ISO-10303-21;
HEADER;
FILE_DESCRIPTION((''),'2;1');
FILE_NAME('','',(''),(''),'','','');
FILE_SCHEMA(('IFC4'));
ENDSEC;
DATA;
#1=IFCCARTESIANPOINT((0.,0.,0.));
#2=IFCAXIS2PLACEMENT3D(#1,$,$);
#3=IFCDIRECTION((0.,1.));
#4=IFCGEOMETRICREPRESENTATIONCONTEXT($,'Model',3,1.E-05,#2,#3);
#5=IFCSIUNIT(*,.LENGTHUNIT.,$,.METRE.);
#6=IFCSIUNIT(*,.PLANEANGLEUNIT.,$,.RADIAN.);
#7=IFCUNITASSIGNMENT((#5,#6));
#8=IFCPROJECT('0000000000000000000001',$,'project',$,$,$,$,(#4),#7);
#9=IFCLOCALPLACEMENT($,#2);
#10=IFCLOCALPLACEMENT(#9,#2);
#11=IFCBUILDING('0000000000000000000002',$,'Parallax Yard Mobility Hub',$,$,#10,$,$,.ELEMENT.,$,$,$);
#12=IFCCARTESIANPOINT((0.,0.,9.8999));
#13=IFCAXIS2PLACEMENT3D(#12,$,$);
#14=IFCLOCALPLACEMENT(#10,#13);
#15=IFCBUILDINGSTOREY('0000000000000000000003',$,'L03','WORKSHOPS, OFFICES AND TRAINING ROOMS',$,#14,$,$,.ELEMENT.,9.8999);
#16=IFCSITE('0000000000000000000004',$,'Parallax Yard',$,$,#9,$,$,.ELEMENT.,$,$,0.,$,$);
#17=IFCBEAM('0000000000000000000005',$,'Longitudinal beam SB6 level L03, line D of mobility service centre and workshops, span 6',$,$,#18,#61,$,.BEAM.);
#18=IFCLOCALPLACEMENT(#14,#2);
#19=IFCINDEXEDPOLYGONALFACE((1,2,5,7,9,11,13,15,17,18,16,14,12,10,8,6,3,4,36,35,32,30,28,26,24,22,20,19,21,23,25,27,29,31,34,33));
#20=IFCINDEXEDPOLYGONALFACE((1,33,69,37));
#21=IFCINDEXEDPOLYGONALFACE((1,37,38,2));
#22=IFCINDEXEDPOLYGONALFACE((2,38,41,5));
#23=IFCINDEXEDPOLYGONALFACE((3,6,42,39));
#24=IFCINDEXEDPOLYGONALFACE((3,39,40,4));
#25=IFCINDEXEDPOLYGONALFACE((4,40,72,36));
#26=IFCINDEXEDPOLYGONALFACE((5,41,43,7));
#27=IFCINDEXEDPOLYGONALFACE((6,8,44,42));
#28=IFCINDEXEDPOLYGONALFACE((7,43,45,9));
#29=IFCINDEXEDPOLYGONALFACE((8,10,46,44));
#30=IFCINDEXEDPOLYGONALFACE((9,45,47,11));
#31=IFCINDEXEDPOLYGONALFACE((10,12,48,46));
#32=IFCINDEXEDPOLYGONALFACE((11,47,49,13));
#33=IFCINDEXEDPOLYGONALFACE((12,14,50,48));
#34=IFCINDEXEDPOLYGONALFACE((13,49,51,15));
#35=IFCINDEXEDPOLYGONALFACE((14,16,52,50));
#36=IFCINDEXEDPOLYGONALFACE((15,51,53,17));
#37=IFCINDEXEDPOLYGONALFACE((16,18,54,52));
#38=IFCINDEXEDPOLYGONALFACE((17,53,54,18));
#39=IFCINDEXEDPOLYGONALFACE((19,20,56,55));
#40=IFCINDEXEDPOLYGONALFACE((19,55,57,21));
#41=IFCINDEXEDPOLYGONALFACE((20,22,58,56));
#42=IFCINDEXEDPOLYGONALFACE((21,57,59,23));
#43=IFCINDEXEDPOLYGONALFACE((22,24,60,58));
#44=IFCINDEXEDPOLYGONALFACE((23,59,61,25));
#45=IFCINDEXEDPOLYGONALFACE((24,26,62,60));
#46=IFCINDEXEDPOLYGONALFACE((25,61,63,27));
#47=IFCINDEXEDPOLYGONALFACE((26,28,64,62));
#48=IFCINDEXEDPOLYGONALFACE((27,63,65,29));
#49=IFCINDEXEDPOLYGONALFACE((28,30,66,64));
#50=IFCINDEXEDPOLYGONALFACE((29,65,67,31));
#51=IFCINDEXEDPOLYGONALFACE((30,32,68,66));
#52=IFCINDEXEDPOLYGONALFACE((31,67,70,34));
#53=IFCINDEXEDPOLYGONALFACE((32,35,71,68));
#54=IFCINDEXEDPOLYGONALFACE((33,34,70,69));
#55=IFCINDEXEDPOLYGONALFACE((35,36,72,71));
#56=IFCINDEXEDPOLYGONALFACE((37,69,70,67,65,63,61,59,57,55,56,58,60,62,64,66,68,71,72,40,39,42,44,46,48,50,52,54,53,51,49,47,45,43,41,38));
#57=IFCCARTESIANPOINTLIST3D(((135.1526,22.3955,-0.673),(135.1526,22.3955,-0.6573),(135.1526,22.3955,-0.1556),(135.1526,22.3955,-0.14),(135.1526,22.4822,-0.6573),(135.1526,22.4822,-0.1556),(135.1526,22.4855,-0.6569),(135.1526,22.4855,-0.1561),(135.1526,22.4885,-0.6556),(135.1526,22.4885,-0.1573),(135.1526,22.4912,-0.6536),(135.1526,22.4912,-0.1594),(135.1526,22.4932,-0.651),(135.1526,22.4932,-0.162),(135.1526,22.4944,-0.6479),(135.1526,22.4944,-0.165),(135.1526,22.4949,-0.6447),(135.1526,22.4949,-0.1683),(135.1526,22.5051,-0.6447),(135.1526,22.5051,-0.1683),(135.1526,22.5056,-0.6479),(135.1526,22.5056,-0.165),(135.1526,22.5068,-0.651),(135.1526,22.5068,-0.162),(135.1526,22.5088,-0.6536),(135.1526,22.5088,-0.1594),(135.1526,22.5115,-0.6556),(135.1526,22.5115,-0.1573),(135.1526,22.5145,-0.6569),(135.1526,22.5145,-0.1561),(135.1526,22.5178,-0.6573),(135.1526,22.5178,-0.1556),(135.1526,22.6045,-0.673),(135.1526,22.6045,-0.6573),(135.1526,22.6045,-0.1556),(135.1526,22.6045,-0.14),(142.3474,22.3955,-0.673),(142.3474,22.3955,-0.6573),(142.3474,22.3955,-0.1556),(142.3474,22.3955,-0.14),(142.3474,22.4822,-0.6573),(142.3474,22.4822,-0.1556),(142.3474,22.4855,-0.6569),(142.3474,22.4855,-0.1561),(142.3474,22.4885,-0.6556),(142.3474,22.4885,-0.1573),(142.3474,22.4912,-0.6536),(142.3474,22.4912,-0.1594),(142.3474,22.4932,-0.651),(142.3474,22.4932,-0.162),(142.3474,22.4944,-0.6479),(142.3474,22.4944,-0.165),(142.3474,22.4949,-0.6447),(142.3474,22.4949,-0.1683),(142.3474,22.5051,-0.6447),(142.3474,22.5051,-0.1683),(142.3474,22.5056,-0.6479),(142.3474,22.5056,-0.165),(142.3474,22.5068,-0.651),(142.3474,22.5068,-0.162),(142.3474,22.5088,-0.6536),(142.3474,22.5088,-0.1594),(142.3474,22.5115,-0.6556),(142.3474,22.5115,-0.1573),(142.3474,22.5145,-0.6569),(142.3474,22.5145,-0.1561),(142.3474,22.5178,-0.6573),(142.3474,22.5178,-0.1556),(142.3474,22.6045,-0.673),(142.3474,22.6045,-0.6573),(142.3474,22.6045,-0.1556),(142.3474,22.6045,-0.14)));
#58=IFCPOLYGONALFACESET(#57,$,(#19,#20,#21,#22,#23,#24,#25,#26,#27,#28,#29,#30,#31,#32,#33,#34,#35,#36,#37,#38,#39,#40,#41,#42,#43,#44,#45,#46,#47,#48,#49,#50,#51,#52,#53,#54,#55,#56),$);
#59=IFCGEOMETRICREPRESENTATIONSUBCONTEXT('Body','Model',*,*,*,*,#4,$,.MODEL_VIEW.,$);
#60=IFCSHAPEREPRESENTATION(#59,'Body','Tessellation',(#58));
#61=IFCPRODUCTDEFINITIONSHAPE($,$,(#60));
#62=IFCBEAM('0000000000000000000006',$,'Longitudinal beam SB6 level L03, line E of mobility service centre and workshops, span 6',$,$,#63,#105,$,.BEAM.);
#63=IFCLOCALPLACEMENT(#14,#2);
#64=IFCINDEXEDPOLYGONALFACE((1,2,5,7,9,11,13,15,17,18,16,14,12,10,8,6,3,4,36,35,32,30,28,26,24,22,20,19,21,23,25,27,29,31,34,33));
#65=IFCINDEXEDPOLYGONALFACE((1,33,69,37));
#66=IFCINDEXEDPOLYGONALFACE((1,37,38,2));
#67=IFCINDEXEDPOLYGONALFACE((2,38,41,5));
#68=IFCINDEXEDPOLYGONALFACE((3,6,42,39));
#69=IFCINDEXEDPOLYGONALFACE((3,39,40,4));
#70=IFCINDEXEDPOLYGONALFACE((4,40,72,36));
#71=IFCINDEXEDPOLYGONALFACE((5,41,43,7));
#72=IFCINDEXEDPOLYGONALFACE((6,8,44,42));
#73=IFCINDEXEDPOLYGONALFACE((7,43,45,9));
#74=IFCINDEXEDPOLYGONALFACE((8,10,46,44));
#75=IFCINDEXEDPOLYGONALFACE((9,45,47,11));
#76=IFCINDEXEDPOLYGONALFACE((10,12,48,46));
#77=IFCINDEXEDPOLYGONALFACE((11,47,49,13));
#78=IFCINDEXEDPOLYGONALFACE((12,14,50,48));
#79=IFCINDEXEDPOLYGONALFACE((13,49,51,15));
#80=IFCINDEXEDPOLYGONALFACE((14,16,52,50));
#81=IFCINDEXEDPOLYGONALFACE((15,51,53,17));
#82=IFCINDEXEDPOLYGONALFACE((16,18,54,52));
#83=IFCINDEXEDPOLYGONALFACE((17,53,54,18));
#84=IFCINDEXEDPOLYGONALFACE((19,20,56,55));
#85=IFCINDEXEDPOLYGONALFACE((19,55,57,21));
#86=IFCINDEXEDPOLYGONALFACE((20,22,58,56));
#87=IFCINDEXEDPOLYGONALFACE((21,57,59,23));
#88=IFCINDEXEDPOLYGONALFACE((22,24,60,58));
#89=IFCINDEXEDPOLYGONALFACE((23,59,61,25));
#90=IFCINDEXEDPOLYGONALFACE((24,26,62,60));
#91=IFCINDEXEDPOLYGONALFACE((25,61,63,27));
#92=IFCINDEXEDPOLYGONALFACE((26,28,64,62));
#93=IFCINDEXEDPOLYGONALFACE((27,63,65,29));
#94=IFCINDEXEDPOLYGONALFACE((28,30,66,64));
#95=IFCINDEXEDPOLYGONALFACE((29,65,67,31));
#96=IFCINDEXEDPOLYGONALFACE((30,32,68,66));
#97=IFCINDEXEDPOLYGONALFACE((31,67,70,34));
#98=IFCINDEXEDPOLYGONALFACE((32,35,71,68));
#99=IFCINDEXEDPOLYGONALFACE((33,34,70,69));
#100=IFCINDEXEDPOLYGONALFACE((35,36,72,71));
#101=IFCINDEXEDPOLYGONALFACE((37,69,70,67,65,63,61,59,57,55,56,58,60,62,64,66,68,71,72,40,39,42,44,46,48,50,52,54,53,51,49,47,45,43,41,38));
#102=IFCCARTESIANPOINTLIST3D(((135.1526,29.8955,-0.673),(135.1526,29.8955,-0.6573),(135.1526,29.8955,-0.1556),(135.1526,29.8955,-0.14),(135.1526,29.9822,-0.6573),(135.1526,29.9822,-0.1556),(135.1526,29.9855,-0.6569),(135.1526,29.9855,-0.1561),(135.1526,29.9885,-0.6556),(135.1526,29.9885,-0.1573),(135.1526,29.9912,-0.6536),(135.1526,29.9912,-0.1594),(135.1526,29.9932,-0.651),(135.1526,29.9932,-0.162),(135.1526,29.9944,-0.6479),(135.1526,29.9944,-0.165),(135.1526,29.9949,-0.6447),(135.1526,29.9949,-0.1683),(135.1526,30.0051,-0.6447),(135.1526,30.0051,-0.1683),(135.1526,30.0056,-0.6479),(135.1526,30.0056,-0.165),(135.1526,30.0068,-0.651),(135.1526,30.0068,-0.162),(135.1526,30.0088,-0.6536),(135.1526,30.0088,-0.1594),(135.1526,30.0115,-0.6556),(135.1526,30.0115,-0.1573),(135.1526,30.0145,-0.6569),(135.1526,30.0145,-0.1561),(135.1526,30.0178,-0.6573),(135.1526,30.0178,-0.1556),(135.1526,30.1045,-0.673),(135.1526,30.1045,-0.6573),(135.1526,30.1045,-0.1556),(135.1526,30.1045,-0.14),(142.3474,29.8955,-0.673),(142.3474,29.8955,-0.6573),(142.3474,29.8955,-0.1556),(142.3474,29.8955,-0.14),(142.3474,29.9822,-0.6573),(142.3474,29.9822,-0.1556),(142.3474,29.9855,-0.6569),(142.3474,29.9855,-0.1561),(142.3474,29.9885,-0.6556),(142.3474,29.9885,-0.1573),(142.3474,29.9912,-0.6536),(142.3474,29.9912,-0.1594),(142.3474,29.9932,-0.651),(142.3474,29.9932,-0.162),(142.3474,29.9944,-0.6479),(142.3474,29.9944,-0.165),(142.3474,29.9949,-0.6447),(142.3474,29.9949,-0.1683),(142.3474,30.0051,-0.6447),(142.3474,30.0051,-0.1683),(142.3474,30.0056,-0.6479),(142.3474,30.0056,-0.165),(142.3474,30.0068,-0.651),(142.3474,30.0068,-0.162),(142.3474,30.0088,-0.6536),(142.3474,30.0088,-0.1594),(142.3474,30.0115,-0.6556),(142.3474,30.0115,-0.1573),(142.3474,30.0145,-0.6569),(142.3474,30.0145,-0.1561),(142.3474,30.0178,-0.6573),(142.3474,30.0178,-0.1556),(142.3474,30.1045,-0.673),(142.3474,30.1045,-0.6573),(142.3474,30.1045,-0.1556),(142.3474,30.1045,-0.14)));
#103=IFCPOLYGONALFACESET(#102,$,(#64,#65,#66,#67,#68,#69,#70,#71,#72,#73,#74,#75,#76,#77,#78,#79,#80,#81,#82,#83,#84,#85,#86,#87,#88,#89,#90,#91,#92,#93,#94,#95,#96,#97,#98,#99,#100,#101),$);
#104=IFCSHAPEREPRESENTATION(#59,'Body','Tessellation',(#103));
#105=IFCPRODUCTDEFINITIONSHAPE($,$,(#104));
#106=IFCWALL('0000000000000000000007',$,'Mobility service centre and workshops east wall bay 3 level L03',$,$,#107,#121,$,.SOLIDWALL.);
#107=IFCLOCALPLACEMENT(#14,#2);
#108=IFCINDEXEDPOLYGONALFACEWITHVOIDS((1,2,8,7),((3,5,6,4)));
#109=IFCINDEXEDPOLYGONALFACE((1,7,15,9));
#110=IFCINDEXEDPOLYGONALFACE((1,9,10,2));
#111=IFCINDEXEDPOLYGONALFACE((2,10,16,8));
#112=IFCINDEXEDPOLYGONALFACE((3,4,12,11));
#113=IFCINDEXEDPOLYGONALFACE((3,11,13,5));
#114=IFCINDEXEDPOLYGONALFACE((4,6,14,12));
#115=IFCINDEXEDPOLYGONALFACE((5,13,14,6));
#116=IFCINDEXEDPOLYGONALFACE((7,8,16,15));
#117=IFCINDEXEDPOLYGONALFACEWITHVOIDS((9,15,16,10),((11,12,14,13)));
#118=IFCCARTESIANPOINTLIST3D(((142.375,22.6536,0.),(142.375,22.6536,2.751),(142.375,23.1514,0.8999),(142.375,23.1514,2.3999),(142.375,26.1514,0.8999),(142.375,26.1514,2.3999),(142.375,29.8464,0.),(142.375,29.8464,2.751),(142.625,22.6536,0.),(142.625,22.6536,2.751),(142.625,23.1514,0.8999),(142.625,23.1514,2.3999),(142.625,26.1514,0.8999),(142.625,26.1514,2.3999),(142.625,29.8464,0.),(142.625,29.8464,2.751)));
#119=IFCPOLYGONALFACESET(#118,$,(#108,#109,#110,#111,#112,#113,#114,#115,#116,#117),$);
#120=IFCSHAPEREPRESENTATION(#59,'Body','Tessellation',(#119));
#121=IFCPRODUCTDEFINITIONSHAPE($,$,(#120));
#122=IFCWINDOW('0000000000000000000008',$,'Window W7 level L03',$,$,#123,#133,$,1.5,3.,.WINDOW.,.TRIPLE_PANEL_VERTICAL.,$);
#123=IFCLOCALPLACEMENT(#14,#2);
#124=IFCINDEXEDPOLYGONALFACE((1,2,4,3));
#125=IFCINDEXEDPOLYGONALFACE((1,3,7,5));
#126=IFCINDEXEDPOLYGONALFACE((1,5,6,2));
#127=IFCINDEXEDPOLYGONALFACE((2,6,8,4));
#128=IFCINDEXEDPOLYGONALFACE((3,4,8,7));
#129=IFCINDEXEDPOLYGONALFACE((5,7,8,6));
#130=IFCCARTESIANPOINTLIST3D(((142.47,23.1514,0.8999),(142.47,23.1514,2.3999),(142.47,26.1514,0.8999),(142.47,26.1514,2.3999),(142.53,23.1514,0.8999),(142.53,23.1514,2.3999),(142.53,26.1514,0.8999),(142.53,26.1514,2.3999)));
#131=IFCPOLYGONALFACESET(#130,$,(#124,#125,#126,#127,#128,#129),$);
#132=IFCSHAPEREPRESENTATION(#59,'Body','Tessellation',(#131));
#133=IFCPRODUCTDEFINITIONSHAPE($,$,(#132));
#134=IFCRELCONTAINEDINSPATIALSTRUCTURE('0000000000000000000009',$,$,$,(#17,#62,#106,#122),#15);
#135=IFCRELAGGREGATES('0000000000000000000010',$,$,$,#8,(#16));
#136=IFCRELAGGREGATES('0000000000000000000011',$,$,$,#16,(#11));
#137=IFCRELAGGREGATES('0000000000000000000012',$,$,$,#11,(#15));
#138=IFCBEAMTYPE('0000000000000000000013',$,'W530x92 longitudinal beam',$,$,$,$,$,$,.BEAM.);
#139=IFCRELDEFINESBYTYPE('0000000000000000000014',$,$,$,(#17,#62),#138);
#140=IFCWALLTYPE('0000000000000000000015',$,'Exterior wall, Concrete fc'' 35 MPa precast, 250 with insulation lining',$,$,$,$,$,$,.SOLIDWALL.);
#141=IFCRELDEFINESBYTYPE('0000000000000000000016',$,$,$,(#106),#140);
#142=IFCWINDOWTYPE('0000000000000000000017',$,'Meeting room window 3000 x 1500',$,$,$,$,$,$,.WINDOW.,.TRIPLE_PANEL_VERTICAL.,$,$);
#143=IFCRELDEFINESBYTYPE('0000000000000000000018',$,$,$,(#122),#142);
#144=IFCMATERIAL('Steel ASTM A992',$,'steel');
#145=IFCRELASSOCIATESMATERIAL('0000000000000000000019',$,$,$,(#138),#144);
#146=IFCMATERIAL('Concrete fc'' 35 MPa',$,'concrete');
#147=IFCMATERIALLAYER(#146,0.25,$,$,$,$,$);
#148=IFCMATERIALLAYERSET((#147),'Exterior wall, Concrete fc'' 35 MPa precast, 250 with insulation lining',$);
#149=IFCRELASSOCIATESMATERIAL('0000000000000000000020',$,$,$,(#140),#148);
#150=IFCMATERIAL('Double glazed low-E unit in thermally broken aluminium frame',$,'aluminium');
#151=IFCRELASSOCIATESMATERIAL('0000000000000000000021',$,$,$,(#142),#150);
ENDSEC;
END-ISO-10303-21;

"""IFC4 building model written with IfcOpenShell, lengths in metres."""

from ifc_helpers import new_model, si_unit, direction, frame, frame_2d, origin, origin_2d, place, context, subcontext, project, spatial, rectangle, i_section, extrude, material, layer, layer_set, material_profile, profile_set, type_object, element, fill, save


model = new_model("IFC4")

# Units and contexts
model_context = context("Model", 3, precision=1e-05, world=origin(), true_north=direction((0.0, 1.0)))
body_context = subcontext(model_context, "Body", "Model", "MODEL_VIEW")
ifc_project = project(units=[si_unit("LENGTHUNIT", "METRE"), si_unit("PLANEANGLEUNIT", "RADIAN")], contexts=[model_context])

# Site, building, storey
site_placement = place(None, origin())
site = spatial("IfcSite", under=ifc_project, at=site_placement, Name="Parallax Yard", CompositionType="ELEMENT", RefElevation=0.0)
building_placement = place(site_placement, origin())
building = spatial("IfcBuilding", under=site, at=building_placement, Name="Parallax Yard Mobility Hub", CompositionType="ELEMENT")
storey_placement = place(building_placement, frame((0.0, 0.0, 9.8999)))
storey = spatial("IfcBuildingStorey", under=building, at=storey_placement, Name="L03", Description="WORKSHOPS, OFFICES AND TRAINING ROOMS", CompositionType="ELEMENT", Elevation=9.8999)

# Shared definitions
ifc_material_1 = material(Name="Steel ASTM A992", Category="steel")

# Beams
ifc_material_profile_1 = material_profile(ifc_material_1, i_section(OverallWidth=0.209, OverallDepth=0.533, WebThickness=0.0103, FlangeThickness=0.0156, FilletRadius=0.0127, at=origin_2d()), Name="W530x92")
ifc_profile_set_1 = profile_set([ifc_material_profile_1], Name="Steel ASTM A992")
beam_type_1 = type_object("IfcBeamType", Name="W530x92 longitudinal beam", PredefinedType="BEAM", material=ifc_profile_set_1)
for number, where, z_axis, x_axis, name in (
    (1, (135.1526, 22.5, -0.4065), (1.0, 0.0, 0.0), (0.0, 1.0, 0.0), "Longitudinal beam SB6 level L03, line D of mobility service centre and workshops, span 6"),
    (2, (135.1526, 30.0, -0.4065), (1.0, 0.0, 0.0), (0.0, 1.0, 0.0), "Longitudinal beam SB6 level L03, line E of mobility service centre and workshops, span 6"),
):
    element("IfcBeam", number, at=place(storey_placement, frame(where, z_axis=z_axis, x_axis=x_axis)), inside=storey, type_object=beam_type_1, Name=name, PredefinedType="BEAM", context=body_context, shape_type="SweptSolid", body=[
        extrude(i_section(OverallWidth=0.209, OverallDepth=0.533, WebThickness=0.0103, FlangeThickness=0.0156, FilletRadius=0.0127, at=origin_2d()), origin(), (0.0, 0.0, 1.0), 7.1948),
    ])

# Wall, opening, window
ifc_material_2 = material(Name="Concrete fc' 35 MPa", Category="concrete")
ifc_layer = layer(ifc_material_2, 0.25)
ifc_layer_set = layer_set([ifc_layer], Name="Exterior wall, Concrete fc' 35 MPa precast, 250 with insulation lining")
wall_type = type_object("IfcWallType", Name="Exterior wall, Concrete fc' 35 MPa precast, 250 with insulation lining", PredefinedType="SOLIDWALL", material=ifc_layer_set)
wall_placement = place(storey_placement, frame((142.5, 22.6536, 0.0), z_axis=(0.0, 0.0, 1.0), x_axis=(0.0, 1.0, 0.0)))
wall = element("IfcWall", 3, at=wall_placement, inside=storey, type_object=wall_type, Name="Mobility service centre and workshops east wall bay 3 level L03", PredefinedType="SOLIDWALL", context=body_context, shape_type="SweptSolid", body=[
    extrude(rectangle(XDim=7.1929, YDim=0.25, at=frame_2d((3.5964, 0.0))), origin(), (0.0, 0.0, 1.0), 2.751),
])
opening_placement = place(wall_placement, frame((0.4978, 0.0, 0.8999)))
opening = element("IfcOpeningElement", 4, at=opening_placement, cuts=wall, PredefinedType="OPENING", context=body_context, shape_type="SweptSolid", body=[
    extrude(rectangle(XDim=3.0, YDim=1.5, at=frame_2d((1.5, 0.75))), frame((0.0, 0.135, 0.0), z_axis=(0.0, -1.0, 0.0), x_axis=(1.0, 0.0, 0.0)), (0.0, 0.0, 1.0), 0.27),
])
ifc_material_3 = material(Name="Double glazed low-E unit in thermally broken aluminium frame", Category="aluminium")
window_type = type_object("IfcWindowType", Name="Meeting room window 3000 x 1500", PartitioningType="TRIPLE_PANEL_VERTICAL", PredefinedType="WINDOW", material=ifc_material_3)
window_placement = place(opening_placement, origin())
window = element("IfcWindow", 5, at=window_placement, inside=storey, type_object=window_type, Name="Window W7 level L03", OverallHeight=1.5, OverallWidth=3.0, PartitioningType="TRIPLE_PANEL_VERTICAL", PredefinedType="WINDOW", context=body_context, shape_type="SweptSolid", body=[
    extrude(rectangle(XDim=3.0, YDim=1.5, at=frame_2d((1.5, 0.75))), frame((0.0, 0.03, 0.0), z_axis=(0.0, -1.0, 0.0), x_axis=(1.0, 0.0, 0.0)), (0.0, 0.0, 1.0), 0.0601),
])
fill(opening, window)

save(model, "model.ifc")
